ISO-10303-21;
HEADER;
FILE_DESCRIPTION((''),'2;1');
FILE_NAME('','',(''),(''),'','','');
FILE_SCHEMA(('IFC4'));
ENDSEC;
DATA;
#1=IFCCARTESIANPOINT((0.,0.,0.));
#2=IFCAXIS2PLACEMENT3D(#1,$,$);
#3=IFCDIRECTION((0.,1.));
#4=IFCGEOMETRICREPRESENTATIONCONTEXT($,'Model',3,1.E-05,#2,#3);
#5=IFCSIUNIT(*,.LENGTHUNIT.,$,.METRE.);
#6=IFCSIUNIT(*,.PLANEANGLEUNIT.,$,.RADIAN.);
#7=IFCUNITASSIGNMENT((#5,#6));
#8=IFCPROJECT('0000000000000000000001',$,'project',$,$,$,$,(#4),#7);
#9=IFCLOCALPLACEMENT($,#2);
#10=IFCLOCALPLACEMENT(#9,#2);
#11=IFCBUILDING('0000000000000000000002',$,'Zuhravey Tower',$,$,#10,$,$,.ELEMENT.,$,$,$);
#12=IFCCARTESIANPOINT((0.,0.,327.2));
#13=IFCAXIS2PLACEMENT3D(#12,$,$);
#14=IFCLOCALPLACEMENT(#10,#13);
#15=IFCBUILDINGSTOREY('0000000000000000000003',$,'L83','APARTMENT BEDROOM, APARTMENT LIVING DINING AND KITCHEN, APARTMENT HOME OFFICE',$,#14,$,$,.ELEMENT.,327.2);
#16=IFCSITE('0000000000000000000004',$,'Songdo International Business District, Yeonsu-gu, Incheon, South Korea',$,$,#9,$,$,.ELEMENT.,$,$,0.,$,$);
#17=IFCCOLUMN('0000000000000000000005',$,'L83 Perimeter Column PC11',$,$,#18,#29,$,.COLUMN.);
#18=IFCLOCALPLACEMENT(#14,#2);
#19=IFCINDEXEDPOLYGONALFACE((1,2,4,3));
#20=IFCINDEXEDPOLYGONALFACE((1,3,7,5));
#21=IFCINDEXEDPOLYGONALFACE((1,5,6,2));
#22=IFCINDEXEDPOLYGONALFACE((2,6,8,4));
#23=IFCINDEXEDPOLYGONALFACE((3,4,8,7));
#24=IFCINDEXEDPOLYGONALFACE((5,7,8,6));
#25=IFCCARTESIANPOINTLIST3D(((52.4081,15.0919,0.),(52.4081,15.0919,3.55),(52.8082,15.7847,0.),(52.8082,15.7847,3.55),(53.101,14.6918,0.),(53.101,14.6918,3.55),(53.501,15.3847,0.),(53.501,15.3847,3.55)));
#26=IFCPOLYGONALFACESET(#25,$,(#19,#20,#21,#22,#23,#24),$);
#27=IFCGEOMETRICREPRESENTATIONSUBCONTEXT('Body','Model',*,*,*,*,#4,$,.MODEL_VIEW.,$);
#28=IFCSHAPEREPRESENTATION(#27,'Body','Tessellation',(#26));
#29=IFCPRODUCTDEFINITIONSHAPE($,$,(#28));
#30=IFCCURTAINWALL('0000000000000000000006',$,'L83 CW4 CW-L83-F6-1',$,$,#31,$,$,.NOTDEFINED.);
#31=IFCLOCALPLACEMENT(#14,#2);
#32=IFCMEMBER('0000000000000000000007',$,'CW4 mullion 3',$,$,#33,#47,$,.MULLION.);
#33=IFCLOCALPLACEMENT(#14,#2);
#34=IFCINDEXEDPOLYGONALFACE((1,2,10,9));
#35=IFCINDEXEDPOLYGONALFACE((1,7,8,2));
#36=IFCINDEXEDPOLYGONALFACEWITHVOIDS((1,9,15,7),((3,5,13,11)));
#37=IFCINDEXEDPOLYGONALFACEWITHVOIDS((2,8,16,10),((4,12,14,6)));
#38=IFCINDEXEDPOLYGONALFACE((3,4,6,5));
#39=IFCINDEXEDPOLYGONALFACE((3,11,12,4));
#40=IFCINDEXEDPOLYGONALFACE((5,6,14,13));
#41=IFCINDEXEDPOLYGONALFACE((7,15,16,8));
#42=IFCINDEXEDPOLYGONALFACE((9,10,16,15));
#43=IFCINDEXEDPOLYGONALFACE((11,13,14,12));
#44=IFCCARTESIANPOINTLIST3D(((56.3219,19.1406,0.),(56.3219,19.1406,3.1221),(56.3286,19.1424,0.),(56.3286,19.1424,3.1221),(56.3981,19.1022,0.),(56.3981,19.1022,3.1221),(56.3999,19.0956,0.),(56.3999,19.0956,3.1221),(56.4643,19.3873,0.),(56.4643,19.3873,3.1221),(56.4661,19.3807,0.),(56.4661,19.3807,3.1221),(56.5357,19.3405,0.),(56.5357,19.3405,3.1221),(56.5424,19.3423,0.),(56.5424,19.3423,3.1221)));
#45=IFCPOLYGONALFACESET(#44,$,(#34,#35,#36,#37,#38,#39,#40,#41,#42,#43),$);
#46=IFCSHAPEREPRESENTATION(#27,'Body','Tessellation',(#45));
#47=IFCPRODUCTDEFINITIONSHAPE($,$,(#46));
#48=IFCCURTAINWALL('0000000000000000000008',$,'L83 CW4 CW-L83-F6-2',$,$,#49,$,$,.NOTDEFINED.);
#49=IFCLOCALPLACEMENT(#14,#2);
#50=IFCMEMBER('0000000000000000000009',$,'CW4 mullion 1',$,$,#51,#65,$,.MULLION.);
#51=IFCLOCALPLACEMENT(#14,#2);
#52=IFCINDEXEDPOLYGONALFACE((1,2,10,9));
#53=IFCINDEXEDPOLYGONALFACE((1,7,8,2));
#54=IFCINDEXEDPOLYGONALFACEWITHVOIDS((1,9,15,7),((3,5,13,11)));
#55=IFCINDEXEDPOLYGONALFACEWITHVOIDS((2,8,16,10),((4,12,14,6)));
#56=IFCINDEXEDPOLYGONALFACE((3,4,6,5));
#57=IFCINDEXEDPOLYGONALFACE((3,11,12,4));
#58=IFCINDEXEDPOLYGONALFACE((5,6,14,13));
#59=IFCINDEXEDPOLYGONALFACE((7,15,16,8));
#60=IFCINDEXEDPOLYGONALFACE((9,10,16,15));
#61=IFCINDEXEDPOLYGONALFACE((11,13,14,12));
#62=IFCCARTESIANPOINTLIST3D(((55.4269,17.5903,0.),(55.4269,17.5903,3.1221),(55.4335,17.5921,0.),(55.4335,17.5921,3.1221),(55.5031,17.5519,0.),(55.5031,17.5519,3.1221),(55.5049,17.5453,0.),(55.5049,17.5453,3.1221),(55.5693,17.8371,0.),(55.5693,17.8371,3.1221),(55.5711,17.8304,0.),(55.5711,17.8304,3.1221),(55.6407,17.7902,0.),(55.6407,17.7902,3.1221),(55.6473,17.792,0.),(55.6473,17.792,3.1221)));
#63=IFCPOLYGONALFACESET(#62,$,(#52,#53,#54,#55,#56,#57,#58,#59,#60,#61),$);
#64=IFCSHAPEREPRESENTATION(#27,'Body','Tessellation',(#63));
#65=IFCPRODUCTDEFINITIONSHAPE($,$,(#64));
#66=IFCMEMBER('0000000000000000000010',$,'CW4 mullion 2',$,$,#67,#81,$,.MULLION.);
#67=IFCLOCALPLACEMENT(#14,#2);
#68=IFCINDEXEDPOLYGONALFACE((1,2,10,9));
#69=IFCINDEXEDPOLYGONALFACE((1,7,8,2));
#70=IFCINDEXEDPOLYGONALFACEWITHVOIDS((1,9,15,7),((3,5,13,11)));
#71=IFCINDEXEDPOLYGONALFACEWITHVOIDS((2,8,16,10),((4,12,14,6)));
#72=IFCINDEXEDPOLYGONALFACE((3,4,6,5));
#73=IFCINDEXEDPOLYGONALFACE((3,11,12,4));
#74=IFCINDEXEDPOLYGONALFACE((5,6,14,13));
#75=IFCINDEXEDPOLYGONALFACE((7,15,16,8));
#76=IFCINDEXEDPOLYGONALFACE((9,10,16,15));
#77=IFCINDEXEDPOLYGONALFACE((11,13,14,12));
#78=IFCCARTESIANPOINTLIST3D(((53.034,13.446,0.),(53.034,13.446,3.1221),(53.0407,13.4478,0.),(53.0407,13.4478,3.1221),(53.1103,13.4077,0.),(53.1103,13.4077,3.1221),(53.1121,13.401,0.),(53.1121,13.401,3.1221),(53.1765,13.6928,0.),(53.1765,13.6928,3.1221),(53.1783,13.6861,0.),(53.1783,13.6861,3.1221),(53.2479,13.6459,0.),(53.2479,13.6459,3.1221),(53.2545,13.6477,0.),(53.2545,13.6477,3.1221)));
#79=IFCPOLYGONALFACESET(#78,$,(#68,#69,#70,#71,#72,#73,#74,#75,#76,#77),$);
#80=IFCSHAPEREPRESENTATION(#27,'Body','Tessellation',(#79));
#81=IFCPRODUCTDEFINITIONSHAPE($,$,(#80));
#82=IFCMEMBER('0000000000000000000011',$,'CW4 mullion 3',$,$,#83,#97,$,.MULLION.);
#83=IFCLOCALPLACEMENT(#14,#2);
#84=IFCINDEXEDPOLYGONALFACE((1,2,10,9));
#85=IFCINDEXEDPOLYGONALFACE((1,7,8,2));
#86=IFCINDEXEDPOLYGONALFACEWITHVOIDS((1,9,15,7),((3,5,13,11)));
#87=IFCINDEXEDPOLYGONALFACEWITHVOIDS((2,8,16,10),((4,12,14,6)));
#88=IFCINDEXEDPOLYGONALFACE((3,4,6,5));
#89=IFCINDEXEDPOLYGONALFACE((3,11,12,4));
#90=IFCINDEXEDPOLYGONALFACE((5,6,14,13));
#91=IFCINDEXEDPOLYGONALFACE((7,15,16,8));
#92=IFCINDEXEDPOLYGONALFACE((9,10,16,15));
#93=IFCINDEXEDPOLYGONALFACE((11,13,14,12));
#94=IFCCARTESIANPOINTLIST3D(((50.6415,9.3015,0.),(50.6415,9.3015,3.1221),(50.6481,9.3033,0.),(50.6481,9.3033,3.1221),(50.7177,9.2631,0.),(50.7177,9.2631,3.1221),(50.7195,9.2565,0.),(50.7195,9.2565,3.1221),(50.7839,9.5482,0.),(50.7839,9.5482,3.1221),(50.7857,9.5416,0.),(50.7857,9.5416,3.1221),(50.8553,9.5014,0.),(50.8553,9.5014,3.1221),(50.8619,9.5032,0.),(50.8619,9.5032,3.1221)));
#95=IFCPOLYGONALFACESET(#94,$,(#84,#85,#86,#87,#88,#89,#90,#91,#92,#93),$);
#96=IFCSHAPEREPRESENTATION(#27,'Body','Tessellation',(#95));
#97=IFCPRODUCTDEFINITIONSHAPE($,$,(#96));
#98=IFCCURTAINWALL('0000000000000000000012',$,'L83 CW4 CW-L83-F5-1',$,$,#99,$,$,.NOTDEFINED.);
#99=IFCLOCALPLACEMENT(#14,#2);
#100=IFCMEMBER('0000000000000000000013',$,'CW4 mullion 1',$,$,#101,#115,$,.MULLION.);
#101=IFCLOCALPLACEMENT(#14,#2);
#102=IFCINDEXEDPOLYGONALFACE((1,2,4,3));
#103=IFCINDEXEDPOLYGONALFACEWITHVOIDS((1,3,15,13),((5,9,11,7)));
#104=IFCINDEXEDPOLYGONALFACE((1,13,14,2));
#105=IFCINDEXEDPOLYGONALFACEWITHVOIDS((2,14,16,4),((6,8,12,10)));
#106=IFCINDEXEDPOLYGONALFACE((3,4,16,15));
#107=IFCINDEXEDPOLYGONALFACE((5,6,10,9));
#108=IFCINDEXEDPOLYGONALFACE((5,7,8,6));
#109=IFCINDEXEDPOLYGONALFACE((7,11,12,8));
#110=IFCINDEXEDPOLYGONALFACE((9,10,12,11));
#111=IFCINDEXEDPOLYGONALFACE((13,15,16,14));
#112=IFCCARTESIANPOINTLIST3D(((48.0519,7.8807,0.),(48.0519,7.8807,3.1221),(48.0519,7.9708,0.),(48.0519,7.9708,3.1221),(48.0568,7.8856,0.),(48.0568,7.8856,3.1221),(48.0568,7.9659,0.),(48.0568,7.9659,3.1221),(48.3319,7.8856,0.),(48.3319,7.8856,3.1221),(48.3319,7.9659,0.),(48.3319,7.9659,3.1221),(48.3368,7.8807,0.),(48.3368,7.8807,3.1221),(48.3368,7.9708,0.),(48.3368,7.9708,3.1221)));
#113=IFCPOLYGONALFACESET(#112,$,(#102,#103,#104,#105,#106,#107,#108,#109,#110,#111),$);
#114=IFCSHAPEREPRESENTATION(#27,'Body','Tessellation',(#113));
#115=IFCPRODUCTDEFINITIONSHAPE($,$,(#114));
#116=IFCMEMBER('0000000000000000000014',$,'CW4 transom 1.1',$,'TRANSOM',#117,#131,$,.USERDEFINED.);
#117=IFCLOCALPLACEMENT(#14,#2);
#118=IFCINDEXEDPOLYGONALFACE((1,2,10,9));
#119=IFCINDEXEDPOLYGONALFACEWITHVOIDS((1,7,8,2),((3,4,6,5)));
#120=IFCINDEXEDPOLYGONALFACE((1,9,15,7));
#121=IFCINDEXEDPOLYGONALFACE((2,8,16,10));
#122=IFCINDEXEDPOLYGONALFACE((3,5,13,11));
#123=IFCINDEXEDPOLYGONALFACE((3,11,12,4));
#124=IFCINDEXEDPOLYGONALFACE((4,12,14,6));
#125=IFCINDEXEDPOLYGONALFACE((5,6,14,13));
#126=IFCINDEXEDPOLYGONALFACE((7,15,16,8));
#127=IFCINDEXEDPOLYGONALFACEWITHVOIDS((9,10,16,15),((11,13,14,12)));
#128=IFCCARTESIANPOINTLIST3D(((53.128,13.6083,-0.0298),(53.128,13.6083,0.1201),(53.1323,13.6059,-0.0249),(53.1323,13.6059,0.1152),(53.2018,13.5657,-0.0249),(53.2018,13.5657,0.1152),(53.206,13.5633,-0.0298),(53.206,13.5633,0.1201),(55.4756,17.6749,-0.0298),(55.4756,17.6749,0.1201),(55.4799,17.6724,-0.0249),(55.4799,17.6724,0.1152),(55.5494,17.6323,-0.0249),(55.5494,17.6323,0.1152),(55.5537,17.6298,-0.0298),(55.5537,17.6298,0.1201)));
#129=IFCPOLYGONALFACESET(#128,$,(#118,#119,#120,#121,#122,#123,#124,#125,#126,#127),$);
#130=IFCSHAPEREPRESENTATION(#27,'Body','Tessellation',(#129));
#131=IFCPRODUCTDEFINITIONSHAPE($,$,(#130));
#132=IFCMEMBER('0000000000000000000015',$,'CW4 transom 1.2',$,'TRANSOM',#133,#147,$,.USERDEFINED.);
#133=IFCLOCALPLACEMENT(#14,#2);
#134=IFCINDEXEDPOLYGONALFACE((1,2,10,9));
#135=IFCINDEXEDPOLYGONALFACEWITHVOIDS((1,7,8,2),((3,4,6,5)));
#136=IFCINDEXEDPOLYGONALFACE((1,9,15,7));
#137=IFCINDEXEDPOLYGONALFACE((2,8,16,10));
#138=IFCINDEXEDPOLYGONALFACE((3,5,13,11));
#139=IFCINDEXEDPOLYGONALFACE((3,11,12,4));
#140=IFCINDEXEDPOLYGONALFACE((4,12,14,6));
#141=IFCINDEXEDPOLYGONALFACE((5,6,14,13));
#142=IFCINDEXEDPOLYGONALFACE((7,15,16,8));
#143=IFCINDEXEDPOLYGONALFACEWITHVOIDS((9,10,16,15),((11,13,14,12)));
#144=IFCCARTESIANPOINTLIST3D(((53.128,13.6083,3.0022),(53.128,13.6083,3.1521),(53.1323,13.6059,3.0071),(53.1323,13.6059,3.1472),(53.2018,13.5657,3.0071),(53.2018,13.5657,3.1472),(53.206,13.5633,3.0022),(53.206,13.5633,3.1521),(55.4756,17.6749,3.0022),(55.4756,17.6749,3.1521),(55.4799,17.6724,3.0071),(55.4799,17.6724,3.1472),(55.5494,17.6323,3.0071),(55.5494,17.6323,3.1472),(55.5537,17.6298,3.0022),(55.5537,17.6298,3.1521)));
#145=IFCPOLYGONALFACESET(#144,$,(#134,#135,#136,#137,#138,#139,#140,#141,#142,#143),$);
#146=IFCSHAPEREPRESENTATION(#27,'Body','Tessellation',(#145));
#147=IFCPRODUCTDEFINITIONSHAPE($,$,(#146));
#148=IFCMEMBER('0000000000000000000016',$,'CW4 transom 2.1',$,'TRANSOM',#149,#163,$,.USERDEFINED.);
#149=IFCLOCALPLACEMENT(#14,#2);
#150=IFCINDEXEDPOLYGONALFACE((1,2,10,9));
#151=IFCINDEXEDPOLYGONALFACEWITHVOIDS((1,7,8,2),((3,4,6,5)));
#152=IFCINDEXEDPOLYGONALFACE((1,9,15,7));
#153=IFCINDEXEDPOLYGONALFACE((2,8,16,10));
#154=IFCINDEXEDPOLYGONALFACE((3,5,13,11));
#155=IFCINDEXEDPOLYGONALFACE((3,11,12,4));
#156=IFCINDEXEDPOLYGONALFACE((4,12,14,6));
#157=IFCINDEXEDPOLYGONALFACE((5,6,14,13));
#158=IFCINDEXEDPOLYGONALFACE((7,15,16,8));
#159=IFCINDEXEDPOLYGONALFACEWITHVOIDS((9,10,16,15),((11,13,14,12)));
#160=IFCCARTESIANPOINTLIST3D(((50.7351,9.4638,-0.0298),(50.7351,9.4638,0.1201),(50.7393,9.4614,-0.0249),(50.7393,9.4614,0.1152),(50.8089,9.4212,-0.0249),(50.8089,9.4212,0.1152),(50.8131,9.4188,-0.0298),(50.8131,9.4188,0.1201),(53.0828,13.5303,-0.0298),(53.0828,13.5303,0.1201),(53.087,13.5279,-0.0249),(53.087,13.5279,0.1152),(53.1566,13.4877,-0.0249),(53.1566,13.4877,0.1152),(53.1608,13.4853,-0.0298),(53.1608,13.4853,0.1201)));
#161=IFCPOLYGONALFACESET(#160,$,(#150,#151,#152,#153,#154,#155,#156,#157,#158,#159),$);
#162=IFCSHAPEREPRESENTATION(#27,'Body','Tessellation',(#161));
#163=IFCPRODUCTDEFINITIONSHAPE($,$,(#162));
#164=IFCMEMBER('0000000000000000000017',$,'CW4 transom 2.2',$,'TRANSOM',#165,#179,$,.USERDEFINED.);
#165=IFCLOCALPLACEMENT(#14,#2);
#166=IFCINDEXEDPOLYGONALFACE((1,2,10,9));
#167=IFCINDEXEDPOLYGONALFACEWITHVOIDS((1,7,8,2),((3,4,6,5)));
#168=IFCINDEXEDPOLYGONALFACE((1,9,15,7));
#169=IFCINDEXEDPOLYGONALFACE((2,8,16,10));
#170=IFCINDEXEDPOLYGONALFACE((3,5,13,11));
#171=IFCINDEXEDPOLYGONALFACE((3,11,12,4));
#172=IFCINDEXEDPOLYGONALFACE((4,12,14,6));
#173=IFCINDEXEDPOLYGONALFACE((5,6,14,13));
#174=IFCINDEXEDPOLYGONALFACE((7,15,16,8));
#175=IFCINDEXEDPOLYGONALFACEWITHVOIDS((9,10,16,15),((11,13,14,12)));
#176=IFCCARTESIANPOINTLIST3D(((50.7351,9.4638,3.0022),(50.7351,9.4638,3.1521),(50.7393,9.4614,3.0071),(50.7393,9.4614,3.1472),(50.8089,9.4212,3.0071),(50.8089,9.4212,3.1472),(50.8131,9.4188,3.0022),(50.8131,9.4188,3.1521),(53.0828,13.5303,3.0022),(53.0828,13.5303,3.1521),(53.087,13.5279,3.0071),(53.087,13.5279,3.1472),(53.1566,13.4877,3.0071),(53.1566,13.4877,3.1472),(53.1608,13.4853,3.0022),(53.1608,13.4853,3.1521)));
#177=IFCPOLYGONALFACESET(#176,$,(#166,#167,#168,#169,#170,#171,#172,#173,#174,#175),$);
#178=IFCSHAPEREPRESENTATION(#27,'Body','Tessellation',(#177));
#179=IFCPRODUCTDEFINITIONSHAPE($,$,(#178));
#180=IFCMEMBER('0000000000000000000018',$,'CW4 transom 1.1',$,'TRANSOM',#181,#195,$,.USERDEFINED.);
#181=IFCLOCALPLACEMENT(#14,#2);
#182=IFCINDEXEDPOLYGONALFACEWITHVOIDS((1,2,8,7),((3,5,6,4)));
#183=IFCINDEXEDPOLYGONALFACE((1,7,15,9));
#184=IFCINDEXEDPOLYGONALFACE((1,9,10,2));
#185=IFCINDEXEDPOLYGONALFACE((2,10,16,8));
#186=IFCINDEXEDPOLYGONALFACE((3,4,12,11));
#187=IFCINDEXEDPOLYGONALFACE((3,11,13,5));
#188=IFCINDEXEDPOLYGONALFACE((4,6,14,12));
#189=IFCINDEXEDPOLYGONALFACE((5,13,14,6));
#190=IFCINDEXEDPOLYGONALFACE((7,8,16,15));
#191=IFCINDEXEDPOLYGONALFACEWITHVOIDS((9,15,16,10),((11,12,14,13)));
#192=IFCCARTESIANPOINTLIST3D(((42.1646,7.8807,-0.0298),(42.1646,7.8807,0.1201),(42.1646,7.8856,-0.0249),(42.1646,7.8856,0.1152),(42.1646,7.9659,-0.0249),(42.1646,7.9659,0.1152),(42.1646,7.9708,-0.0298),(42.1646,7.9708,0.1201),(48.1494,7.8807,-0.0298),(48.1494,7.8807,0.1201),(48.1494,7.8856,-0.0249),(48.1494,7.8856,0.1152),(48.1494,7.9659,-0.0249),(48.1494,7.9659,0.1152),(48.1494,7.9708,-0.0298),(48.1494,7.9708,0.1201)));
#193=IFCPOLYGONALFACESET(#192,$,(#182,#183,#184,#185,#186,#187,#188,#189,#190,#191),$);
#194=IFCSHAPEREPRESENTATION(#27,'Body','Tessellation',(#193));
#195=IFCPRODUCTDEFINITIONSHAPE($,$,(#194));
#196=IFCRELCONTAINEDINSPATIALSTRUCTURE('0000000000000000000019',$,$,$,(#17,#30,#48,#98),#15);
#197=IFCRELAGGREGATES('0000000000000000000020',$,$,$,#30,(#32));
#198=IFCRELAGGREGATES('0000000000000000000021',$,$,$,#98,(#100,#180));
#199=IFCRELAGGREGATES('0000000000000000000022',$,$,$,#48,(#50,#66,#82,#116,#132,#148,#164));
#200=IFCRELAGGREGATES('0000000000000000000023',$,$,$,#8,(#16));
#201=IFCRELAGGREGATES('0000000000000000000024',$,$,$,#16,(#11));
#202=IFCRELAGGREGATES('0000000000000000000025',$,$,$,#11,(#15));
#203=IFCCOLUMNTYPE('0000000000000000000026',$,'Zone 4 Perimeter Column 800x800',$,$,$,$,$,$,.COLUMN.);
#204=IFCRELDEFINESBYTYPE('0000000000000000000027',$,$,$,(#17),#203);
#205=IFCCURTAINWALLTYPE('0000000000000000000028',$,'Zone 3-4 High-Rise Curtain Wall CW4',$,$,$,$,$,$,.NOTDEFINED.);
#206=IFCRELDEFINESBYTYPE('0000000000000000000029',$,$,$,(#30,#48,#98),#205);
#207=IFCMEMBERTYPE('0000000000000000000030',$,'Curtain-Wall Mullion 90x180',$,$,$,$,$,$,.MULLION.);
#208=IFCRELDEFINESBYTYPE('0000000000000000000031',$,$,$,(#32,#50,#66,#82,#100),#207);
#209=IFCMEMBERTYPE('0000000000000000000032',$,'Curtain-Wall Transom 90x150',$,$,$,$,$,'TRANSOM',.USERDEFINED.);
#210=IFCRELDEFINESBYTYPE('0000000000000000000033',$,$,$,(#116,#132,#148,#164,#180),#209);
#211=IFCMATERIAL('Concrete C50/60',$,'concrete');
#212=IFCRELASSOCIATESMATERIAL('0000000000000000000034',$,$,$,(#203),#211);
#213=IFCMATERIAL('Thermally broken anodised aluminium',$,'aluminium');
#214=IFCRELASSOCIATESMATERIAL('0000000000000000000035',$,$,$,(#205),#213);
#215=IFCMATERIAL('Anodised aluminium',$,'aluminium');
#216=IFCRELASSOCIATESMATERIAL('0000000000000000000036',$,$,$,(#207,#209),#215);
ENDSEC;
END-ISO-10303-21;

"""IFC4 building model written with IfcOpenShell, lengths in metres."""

from ifc_helpers import new_model, si_unit, direction, frame, origin, origin_2d, place, context, subcontext, project, spatial, rectangle, hollow_rectangle, extrude, material, material_profile, profile_set, type_object, element, aggregate, save


model = new_model("IFC4")

# Units and contexts
model_context = context("Model", 3, precision=1e-05, world=origin(), true_north=direction((0.0, 1.0)))
body_context = subcontext(model_context, "Body", "Model", "MODEL_VIEW")
ifc_project = project(units=[si_unit("LENGTHUNIT", "METRE"), si_unit("PLANEANGLEUNIT", "RADIAN")], contexts=[model_context])

# Site, building, storey
site_placement = place(None, origin())
site = spatial("IfcSite", under=ifc_project, at=site_placement, Name="Songdo International Business District, Yeonsu-gu, Incheon, South Korea", CompositionType="ELEMENT", RefElevation=0.0)
building_placement = place(site_placement, origin())
building = spatial("IfcBuilding", under=site, at=building_placement, Name="Zuhravey Tower", CompositionType="ELEMENT")
storey_placement = place(building_placement, frame((0.0, 0.0, 327.2)))
storey = spatial("IfcBuildingStorey", under=building, at=storey_placement, Name="L83", Description="APARTMENT BEDROOM, APARTMENT LIVING DINING AND KITCHEN, APARTMENT HOME OFFICE", CompositionType="ELEMENT", Elevation=327.2)

# Column
ifc_material_1 = material(Name="Concrete C50/60", Category="concrete")
ifc_material_profile_1 = material_profile(ifc_material_1, rectangle(XDim=0.8, YDim=0.8, at=origin_2d()), Name="RC-800x800")
ifc_profile_set_1 = profile_set([ifc_material_profile_1], Name="Concrete C50/60")
column_type = type_object("IfcColumnType", Name="Zone 4 Perimeter Column 800x800", PredefinedType="COLUMN", material=ifc_profile_set_1)
column_placement = place(storey_placement, frame((52.9546, 15.2383, 0.0), z_axis=(0.0, 0.0, 1.0), x_axis=(0.5, 0.866025, 0.0)))
element("IfcColumn", 1, at=column_placement, inside=storey, type_object=column_type, Name="L83 Perimeter Column PC11", PredefinedType="COLUMN", context=body_context, shape_type="SweptSolid", body=[
    extrude(rectangle(XDim=0.8, YDim=0.8, at=origin_2d()), origin(), (0.0, 0.0, 1.0), 3.55),
])

# Curtain wall, member
ifc_material_2 = material(Name="Thermally broken anodised aluminium", Category="aluminium")
curtain_wall_type = type_object("IfcCurtainWallType", Name="Zone 3-4 High-Rise Curtain Wall CW4", PredefinedType="NOTDEFINED", material=ifc_material_2)
curtain_wall_1_placement = place(storey_placement, origin())
curtain_wall_1 = element("IfcCurtainWall", 2, at=curtain_wall_1_placement, inside=storey, type_object=curtain_wall_type, Name="L83 CW4 CW-L83-F6-1", PredefinedType="NOTDEFINED")
ifc_material_3 = material(Name="Anodised aluminium", Category="aluminium")
ifc_material_profile_2 = material_profile(ifc_material_3, hollow_rectangle(XDim=0.0901, YDim=0.2849, WallThickness=0.0049, at=origin_2d()), Name="ALU-RHS-90x285x5")
ifc_profile_set_2 = profile_set([ifc_material_profile_2], Name="Anodised aluminium")
member_type_1 = type_object("IfcMemberType", Name="Curtain-Wall Mullion 90x180", PredefinedType="MULLION", material=ifc_profile_set_2)
member_1_placement = place(storey_placement, frame((56.4321, 19.2415, 0.0), z_axis=(0.0, 0.0, 1.0), x_axis=(0.866027, -0.499997, 0.0)))
member_1 = element("IfcMember", 3, at=member_1_placement, type_object=member_type_1, Name="CW4 mullion 3", PredefinedType="MULLION", context=body_context, shape_type="SweptSolid", body=[
    extrude(hollow_rectangle(XDim=0.0901, YDim=0.2849, WallThickness=0.0049, at=origin_2d()), origin(), (0.0, 0.0, 1.0), 3.1221),
])
aggregate(curtain_wall_1, [member_1])

# Curtain wall, members
curtain_wall_2_placement = place(storey_placement, origin())
curtain_wall_2 = element("IfcCurtainWall", 4, at=curtain_wall_2_placement, inside=storey, type_object=curtain_wall_type, Name="L83 CW4 CW-L83-F6-2", PredefinedType="NOTDEFINED")
member_2_placement = place(storey_placement, frame((55.5371, 17.6912, 0.0), z_axis=(0.0, 0.0, 1.0), x_axis=(0.866024, -0.500002, 0.0)))
member_2 = element("IfcMember", 5, at=member_2_placement, type_object=member_type_1, Name="CW4 mullion 1", PredefinedType="MULLION", context=body_context, shape_type="SweptSolid", body=[
    extrude(hollow_rectangle(XDim=0.0901, YDim=0.2849, WallThickness=0.0049, at=origin_2d()), origin(), (0.0, 0.0, 1.0), 3.1221),
])
member_3_placement = place(storey_placement, frame((53.1443, 13.5469, 0.0), z_axis=(0.0, 0.0, 1.0), x_axis=(0.866024, -0.500002, 0.0)))
member_3 = element("IfcMember", 6, at=member_3_placement, type_object=member_type_1, Name="CW4 mullion 2", PredefinedType="MULLION", context=body_context, shape_type="SweptSolid", body=[
    extrude(hollow_rectangle(XDim=0.0901, YDim=0.2849, WallThickness=0.0049, at=origin_2d()), origin(), (0.0, 0.0, 1.0), 3.1221),
])
member_4_placement = place(storey_placement, frame((50.7517, 9.4023, 0.0), z_axis=(0.0, 0.0, 1.0), x_axis=(0.866024, -0.500002, 0.0)))
member_4 = element("IfcMember", 7, at=member_4_placement, type_object=member_type_1, Name="CW4 mullion 3", PredefinedType="MULLION", context=body_context, shape_type="SweptSolid", body=[
    extrude(hollow_rectangle(XDim=0.0901, YDim=0.2849, WallThickness=0.0049, at=origin_2d()), origin(), (0.0, 0.0, 1.0), 3.1221),
])

# Curtain wall, member
curtain_wall_3_placement = place(storey_placement, origin())
curtain_wall_3 = element("IfcCurtainWall", 8, at=curtain_wall_3_placement, inside=storey, type_object=curtain_wall_type, Name="L83 CW4 CW-L83-F5-1", PredefinedType="NOTDEFINED")
member_5_placement = place(storey_placement, frame((48.1943, 7.9258, 0.0), z_axis=(0.0, 0.0, 1.0), x_axis=(0.0, -1.0, 0.0)))
member_5 = element("IfcMember", 9, at=member_5_placement, type_object=member_type_1, Name="CW4 mullion 1", PredefinedType="MULLION", context=body_context, shape_type="SweptSolid", body=[
    extrude(hollow_rectangle(XDim=0.0901, YDim=0.2849, WallThickness=0.0049, at=origin_2d()), origin(), (0.0, 0.0, 1.0), 3.1221),
])

# Members
ifc_material_profile_3 = material_profile(ifc_material_3, hollow_rectangle(XDim=0.0901, YDim=0.1499, WallThickness=0.0049, at=origin_2d()), Name="ALU-RHS-90x150x5")
ifc_profile_set_3 = profile_set([ifc_material_profile_3], Name="Anodised aluminium")
member_type_2 = type_object("IfcMemberType", Name="Curtain-Wall Transom 90x150", ElementType="TRANSOM", PredefinedType="USERDEFINED", material=ifc_profile_set_3)
member_6_placement = place(storey_placement, frame((55.5146, 17.6523, 0.0452), z_axis=(-0.499964, -0.866046, 0.0), x_axis=(0.866046, -0.499964, 0.0)))
member_6 = element("IfcMember", 10, at=member_6_placement, type_object=member_type_2, Name="CW4 transom 1.1", ObjectType="TRANSOM", PredefinedType="USERDEFINED", context=body_context, shape_type="SweptSolid", body=[
    extrude(hollow_rectangle(XDim=0.0901, YDim=0.1499, WallThickness=0.0049, at=origin_2d()), origin(), (0.0, 0.0, 1.0), 4.6956),
])
member_7_placement = place(storey_placement, frame((55.5146, 17.6523, 3.0771), z_axis=(-0.499964, -0.866046, 0.0), x_axis=(0.866046, -0.499964, 0.0)))
member_7 = element("IfcMember", 11, at=member_7_placement, type_object=member_type_2, Name="CW4 transom 1.2", ObjectType="TRANSOM", PredefinedType="USERDEFINED", context=body_context, shape_type="SweptSolid", body=[
    extrude(hollow_rectangle(XDim=0.0901, YDim=0.1499, WallThickness=0.0049, at=origin_2d()), origin(), (0.0, 0.0, 1.0), 4.6956),
])
member_8_placement = place(storey_placement, frame((53.1218, 13.5078, 0.0452), z_axis=(-0.499987, -0.866033, 0.0), x_axis=(0.866033, -0.499987, 0.0)))
member_8 = element("IfcMember", 12, at=member_8_placement, type_object=member_type_2, Name="CW4 transom 2.1", ObjectType="TRANSOM", PredefinedType="USERDEFINED", context=body_context, shape_type="SweptSolid", body=[
    extrude(hollow_rectangle(XDim=0.0901, YDim=0.1499, WallThickness=0.0049, at=origin_2d()), origin(), (0.0, 0.0, 1.0), 4.6956),
])
member_9_placement = place(storey_placement, frame((53.1218, 13.5078, 3.0771), z_axis=(-0.499987, -0.866033, 0.0), x_axis=(0.866033, -0.499987, 0.0)))
member_9 = element("IfcMember", 13, at=member_9_placement, type_object=member_type_2, Name="CW4 transom 2.2", ObjectType="TRANSOM", PredefinedType="USERDEFINED", context=body_context, shape_type="SweptSolid", body=[
    extrude(hollow_rectangle(XDim=0.0901, YDim=0.1499, WallThickness=0.0049, at=origin_2d()), origin(), (0.0, 0.0, 1.0), 4.6956),
])
member_10_placement = place(storey_placement, frame((48.1494, 7.9258, 0.0452), z_axis=(-1.0, 0.0, 0.0), x_axis=(0.0, -1.0, 0.0)))
member_10 = element("IfcMember", 14, at=member_10_placement, type_object=member_type_2, Name="CW4 transom 1.1", ObjectType="TRANSOM", PredefinedType="USERDEFINED", context=body_context, shape_type="SweptSolid", body=[
    extrude(hollow_rectangle(XDim=0.0901, YDim=0.1499, WallThickness=0.0049, at=origin_2d()), origin(), (0.0, 0.0, 1.0), 5.9849),
])
aggregate(curtain_wall_3, [member_5, member_10])

aggregate(curtain_wall_2, [member_2, member_3, member_4, member_6, member_7, member_8, member_9])

save(model, "model.ifc")
